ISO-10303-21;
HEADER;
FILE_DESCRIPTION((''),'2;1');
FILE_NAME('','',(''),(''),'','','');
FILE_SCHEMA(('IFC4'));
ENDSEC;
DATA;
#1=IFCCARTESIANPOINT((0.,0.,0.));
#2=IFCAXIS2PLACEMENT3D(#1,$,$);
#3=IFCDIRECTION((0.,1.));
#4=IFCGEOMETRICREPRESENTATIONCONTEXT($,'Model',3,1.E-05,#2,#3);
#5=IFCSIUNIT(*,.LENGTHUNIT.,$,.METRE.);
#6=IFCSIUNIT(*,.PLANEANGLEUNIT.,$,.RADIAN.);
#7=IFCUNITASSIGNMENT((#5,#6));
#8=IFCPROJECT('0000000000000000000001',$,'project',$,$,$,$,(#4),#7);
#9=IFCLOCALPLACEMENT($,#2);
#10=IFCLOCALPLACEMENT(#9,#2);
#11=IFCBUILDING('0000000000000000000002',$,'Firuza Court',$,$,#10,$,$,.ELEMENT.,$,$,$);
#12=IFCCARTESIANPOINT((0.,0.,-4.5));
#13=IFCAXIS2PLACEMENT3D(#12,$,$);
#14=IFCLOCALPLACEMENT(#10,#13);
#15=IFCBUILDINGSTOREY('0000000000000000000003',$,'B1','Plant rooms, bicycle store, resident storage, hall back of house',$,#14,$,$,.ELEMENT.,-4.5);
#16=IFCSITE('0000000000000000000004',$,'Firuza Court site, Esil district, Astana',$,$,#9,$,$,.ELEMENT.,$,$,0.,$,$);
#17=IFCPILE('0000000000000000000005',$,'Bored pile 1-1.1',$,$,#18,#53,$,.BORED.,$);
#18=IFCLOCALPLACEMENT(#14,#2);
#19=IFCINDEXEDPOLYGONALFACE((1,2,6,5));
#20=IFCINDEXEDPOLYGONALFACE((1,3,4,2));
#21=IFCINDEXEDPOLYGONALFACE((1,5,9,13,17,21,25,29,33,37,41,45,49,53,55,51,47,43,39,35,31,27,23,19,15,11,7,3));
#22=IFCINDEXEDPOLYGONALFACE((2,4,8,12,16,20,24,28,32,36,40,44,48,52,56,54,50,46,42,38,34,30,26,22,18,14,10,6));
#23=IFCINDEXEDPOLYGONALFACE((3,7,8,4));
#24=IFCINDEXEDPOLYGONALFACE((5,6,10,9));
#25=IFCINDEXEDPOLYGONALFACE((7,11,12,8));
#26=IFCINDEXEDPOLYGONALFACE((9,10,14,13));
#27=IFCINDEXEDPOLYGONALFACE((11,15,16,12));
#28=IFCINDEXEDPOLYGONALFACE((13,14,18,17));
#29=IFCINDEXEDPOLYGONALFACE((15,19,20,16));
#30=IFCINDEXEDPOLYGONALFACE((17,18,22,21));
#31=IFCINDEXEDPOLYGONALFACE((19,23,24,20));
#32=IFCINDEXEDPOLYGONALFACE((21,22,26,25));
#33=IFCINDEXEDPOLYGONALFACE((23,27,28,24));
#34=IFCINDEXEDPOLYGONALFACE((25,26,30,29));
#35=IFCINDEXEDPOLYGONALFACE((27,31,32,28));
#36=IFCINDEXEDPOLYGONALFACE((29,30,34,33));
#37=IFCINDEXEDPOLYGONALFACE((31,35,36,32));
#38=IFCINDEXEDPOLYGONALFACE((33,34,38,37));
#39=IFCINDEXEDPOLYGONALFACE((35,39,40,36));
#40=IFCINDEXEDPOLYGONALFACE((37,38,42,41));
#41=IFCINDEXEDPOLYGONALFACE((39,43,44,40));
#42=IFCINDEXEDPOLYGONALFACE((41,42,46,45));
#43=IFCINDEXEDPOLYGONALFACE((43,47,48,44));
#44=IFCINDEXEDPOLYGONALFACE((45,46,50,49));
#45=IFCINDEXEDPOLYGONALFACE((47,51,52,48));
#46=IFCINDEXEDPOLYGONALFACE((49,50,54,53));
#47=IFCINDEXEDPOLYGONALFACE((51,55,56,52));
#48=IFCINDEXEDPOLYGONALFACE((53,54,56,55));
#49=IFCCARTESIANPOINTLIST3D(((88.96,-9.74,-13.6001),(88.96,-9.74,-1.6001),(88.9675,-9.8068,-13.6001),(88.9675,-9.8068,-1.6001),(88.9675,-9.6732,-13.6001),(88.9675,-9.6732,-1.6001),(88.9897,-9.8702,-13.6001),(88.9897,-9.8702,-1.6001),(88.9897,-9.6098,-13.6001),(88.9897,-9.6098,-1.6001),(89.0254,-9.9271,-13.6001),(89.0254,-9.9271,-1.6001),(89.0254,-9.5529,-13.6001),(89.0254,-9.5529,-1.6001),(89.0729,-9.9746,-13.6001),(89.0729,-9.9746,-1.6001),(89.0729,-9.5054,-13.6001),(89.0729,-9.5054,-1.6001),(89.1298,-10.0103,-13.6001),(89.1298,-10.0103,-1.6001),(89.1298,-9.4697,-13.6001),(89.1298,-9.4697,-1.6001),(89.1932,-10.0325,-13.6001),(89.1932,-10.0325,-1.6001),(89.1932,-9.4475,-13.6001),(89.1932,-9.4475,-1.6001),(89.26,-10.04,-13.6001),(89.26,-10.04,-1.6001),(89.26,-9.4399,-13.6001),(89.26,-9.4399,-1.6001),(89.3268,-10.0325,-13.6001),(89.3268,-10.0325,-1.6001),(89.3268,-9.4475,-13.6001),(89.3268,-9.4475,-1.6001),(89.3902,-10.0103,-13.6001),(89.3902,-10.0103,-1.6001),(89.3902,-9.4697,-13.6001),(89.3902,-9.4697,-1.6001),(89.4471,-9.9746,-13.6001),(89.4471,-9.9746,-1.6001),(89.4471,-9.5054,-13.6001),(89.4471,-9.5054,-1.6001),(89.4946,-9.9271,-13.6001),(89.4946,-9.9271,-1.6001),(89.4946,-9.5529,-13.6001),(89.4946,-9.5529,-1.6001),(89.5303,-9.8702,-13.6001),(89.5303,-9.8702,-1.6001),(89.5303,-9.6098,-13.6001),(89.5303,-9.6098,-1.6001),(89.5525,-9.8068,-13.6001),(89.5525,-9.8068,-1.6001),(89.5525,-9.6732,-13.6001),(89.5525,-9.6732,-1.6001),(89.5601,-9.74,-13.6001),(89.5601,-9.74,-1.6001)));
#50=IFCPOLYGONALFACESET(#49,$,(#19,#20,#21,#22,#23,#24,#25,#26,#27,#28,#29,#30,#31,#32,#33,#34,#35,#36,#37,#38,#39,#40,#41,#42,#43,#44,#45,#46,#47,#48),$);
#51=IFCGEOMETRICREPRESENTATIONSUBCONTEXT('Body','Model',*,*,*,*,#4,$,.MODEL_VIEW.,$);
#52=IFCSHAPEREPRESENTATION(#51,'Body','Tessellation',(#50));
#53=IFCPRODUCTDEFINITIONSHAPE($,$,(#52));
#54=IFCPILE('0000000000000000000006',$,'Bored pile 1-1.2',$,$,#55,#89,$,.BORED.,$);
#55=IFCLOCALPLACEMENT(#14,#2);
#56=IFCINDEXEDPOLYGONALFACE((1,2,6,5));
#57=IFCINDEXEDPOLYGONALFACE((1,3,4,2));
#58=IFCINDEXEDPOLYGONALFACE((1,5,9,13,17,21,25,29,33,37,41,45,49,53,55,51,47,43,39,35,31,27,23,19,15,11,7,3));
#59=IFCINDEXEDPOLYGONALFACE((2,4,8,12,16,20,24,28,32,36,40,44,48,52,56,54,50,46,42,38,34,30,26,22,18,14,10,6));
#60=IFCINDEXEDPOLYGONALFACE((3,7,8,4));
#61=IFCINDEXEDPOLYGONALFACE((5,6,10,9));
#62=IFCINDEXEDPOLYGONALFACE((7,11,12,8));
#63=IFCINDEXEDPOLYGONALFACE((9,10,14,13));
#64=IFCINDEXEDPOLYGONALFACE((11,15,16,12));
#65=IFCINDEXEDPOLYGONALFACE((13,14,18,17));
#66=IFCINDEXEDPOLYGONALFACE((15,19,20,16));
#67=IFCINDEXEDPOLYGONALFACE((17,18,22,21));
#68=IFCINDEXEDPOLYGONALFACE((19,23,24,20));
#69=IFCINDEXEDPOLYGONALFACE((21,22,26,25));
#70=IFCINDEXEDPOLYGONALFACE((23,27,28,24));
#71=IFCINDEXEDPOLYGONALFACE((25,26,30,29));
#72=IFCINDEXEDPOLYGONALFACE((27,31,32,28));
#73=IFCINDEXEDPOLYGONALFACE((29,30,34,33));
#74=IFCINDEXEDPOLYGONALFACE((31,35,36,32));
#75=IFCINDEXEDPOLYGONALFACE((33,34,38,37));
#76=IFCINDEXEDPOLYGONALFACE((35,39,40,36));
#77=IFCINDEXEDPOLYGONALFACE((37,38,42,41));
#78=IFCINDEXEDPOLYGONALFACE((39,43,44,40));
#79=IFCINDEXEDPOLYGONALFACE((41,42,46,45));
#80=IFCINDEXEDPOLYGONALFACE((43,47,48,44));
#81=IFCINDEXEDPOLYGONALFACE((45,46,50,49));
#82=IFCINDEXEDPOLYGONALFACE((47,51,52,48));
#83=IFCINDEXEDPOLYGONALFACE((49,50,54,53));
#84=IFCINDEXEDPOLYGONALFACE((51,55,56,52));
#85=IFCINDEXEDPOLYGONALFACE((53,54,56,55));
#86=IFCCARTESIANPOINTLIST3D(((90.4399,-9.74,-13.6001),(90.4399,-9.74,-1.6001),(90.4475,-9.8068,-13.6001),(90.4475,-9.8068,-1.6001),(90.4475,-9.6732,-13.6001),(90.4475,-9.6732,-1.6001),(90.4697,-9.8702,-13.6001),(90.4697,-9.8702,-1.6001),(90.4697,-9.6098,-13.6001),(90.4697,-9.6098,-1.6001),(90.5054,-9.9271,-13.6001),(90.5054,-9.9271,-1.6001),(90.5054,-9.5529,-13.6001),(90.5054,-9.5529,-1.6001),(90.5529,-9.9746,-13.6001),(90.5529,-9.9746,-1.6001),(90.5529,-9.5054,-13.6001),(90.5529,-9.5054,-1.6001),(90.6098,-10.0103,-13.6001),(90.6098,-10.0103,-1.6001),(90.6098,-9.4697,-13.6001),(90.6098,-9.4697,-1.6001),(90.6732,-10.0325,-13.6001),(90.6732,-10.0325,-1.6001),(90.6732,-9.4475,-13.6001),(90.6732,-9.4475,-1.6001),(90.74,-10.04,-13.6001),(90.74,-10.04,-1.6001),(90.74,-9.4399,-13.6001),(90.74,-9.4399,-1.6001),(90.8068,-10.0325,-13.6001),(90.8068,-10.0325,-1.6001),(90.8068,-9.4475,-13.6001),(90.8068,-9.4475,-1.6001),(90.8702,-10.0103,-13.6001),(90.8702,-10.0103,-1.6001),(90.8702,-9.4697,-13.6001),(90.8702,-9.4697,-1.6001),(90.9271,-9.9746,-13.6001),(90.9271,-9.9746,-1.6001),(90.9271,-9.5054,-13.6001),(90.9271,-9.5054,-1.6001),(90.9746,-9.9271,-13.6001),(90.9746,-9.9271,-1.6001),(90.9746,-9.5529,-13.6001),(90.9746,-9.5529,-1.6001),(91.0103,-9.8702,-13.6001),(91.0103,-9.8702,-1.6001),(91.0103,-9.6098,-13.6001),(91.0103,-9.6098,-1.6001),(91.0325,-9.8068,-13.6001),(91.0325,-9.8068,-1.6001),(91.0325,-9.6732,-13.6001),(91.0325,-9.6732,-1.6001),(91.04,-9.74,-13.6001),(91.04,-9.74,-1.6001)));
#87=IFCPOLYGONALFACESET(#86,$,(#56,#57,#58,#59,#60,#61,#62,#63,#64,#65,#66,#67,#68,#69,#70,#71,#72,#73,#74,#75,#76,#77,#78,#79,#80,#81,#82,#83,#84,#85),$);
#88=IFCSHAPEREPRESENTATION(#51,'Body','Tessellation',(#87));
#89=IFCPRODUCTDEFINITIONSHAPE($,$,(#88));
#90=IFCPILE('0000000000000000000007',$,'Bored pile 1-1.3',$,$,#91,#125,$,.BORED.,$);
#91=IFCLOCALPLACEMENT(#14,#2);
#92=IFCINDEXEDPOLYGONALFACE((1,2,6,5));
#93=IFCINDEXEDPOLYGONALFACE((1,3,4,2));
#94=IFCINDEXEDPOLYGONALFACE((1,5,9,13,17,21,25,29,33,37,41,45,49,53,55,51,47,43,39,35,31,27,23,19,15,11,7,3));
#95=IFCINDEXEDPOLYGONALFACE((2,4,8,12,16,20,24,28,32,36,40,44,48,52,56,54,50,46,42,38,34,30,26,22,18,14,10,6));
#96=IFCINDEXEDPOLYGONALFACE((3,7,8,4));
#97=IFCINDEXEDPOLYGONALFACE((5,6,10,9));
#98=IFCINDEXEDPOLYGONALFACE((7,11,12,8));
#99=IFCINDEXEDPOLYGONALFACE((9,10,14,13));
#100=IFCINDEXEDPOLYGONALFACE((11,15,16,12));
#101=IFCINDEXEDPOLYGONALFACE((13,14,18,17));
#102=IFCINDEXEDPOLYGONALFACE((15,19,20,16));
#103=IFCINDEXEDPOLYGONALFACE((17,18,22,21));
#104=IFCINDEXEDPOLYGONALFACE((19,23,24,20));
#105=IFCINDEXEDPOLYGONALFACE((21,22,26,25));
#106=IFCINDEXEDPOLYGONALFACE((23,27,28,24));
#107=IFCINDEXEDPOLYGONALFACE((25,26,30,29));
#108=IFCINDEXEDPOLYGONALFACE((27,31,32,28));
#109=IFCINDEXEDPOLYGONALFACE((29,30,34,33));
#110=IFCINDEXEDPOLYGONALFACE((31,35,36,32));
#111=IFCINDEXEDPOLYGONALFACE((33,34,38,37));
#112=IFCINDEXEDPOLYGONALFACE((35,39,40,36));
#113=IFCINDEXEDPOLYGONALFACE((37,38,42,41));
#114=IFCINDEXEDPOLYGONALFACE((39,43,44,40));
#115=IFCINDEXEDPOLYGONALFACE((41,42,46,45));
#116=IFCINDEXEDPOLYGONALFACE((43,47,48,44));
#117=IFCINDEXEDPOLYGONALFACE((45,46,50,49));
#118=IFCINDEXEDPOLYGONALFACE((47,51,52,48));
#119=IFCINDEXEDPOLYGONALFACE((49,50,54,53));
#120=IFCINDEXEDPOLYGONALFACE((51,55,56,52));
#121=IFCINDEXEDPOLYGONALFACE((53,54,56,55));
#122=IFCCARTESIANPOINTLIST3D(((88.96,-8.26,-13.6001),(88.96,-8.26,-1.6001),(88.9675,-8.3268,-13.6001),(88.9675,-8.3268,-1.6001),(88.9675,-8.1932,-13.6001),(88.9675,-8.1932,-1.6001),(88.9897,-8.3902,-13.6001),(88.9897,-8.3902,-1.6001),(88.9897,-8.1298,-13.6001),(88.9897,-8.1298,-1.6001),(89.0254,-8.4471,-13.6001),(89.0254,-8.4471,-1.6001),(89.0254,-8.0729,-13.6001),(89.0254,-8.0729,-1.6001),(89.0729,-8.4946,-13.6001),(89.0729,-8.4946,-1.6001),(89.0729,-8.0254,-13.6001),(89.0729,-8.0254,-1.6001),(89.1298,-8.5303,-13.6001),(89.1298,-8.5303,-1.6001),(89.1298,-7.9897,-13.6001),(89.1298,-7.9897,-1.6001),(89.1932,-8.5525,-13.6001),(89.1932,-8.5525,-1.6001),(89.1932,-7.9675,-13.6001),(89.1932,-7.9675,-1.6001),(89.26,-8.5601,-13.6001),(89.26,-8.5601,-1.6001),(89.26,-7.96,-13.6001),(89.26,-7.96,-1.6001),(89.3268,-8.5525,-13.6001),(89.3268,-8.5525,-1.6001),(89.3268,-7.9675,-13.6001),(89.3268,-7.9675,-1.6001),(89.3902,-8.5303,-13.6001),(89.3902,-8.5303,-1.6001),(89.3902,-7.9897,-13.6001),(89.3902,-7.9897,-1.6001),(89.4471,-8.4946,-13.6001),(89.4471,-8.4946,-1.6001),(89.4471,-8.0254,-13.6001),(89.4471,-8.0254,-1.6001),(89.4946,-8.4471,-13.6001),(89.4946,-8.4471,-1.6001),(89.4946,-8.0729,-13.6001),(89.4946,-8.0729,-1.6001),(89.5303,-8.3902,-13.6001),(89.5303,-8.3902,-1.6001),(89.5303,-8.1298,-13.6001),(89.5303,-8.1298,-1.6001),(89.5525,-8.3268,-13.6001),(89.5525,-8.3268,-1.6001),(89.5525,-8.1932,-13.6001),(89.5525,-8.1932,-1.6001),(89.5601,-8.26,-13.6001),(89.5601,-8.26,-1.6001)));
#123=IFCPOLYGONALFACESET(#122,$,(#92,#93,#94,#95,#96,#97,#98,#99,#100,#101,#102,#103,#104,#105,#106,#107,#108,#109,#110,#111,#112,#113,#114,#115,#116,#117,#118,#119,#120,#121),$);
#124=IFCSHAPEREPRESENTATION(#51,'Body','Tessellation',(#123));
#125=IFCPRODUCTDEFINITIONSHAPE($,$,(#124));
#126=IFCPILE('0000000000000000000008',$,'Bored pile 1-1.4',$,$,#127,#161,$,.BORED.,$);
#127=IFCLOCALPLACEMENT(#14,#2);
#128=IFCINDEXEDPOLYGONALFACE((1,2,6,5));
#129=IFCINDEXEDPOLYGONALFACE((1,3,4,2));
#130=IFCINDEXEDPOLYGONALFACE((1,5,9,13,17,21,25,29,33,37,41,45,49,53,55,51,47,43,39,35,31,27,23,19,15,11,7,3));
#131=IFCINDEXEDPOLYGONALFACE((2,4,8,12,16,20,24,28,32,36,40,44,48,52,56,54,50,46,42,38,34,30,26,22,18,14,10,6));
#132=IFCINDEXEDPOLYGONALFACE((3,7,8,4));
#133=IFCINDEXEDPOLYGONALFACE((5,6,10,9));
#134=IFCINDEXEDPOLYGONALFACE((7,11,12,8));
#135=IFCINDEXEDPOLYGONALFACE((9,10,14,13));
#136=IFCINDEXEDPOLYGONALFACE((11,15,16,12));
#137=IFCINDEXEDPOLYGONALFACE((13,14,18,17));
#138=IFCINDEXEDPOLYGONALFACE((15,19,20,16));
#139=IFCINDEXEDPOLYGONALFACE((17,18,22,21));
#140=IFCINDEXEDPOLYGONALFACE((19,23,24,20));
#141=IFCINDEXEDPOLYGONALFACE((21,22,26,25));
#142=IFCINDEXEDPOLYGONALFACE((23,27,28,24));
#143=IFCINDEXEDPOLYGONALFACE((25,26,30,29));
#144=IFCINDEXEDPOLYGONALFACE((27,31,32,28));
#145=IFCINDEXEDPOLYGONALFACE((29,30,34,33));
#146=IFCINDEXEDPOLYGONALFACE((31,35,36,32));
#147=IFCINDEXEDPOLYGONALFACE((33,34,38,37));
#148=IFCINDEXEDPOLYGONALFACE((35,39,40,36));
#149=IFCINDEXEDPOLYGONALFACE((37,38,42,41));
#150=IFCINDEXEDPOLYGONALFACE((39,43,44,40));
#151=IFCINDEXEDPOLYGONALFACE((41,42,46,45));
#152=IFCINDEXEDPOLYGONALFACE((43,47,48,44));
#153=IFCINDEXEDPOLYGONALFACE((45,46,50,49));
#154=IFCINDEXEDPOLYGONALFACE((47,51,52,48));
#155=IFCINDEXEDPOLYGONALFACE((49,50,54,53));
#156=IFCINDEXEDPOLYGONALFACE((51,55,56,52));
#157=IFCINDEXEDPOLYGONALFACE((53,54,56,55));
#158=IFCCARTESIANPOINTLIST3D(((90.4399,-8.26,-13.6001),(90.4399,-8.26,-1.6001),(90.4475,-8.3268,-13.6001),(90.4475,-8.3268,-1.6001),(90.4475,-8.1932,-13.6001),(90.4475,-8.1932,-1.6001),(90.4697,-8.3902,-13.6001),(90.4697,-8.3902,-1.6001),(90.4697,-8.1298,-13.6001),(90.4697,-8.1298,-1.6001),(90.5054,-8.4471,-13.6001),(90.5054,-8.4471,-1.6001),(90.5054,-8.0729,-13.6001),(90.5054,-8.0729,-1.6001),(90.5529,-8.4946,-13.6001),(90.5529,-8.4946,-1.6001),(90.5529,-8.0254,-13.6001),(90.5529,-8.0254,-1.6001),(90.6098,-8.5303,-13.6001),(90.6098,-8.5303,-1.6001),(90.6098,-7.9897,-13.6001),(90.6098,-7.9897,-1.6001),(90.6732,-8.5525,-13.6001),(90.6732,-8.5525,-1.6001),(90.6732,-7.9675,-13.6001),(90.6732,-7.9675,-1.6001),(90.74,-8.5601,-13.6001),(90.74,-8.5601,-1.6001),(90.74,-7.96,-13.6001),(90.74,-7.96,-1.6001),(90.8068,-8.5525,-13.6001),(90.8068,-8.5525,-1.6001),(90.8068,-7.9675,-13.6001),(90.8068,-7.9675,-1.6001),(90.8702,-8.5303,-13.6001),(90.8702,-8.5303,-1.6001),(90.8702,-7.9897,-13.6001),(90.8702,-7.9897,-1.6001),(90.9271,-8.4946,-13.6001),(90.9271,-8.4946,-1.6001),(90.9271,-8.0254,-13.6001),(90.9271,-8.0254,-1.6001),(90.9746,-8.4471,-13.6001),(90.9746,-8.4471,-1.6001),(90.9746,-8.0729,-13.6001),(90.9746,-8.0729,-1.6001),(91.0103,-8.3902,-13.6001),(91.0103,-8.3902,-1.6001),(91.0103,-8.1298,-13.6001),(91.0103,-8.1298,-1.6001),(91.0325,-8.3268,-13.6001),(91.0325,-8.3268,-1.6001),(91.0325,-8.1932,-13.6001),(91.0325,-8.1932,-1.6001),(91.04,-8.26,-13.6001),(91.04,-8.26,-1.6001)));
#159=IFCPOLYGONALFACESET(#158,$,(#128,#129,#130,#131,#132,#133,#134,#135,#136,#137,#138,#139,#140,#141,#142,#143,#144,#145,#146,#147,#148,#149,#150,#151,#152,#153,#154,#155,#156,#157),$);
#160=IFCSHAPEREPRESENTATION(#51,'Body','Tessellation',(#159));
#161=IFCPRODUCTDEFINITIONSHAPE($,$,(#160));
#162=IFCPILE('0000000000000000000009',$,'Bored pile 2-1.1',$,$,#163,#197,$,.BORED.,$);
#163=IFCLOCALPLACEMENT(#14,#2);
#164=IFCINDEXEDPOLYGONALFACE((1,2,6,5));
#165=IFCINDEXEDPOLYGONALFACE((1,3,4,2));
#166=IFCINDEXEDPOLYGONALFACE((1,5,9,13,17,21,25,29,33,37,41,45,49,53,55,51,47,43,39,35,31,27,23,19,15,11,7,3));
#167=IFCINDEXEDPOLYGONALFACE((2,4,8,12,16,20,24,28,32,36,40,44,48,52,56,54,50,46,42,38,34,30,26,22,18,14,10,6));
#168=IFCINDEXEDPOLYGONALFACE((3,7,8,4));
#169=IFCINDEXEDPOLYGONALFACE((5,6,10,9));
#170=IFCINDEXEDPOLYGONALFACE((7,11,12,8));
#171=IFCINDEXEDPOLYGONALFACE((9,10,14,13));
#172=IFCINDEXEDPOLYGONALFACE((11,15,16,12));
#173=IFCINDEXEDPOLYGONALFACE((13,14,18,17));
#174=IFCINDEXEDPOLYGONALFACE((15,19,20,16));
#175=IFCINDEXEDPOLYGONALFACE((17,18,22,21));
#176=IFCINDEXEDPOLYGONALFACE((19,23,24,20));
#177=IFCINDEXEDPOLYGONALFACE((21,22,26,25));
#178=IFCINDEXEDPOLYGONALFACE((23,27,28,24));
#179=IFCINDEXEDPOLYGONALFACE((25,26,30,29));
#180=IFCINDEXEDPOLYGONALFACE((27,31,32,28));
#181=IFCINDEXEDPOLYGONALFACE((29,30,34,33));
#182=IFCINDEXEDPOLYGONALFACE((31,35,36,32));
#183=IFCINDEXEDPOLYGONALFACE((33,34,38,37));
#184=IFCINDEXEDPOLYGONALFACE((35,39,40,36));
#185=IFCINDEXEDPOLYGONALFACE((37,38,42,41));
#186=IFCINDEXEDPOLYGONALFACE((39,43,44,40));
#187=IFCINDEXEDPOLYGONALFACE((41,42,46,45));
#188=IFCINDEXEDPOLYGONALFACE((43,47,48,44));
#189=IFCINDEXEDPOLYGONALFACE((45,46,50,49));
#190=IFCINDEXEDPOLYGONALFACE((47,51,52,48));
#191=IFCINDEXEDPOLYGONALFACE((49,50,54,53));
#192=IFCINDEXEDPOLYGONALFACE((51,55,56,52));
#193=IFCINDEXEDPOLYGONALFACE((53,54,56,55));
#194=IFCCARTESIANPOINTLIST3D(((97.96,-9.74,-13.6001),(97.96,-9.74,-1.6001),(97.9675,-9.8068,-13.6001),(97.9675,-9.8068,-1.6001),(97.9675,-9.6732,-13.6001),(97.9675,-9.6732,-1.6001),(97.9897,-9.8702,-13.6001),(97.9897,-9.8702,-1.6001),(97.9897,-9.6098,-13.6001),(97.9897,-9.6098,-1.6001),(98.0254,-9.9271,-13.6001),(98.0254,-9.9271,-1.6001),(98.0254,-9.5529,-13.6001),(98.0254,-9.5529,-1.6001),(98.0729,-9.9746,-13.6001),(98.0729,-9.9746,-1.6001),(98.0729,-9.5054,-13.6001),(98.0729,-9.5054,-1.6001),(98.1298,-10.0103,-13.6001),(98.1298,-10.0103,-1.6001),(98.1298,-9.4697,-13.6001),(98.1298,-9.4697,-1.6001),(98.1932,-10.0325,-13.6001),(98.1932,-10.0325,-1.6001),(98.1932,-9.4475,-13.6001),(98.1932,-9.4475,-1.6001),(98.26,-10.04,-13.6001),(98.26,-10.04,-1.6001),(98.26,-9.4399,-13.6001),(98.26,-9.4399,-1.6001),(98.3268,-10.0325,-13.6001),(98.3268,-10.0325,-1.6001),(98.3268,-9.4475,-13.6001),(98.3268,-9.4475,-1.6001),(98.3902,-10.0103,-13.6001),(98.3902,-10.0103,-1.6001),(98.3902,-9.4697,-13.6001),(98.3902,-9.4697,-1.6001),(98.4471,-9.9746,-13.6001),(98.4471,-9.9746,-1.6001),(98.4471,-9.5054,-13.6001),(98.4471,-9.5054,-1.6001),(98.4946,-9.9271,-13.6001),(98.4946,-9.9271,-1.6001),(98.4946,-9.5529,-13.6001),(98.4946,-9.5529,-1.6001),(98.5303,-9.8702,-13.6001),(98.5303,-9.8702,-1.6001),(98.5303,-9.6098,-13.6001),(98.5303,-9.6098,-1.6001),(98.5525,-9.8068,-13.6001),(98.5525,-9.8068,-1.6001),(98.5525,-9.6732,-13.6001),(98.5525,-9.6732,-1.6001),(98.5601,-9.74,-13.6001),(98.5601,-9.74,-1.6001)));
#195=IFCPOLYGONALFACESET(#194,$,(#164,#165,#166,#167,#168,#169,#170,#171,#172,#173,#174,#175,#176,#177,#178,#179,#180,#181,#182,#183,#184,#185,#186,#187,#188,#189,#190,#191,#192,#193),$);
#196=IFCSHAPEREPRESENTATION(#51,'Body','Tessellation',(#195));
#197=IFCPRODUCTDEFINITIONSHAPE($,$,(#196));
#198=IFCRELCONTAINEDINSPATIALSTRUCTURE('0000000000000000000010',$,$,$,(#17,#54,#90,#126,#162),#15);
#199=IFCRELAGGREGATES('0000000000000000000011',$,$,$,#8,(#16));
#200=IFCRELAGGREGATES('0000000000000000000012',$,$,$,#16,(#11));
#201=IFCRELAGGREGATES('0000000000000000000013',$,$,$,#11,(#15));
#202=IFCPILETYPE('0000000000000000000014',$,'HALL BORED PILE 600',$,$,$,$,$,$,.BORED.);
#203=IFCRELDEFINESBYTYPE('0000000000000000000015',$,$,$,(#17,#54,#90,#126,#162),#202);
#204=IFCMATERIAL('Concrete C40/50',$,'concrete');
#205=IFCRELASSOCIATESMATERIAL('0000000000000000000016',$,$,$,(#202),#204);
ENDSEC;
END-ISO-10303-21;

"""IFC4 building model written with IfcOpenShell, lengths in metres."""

from ifc_helpers import new_model, si_unit, direction, frame, origin, origin_2d, place, context, subcontext, project, spatial, circle, extrude, material, material_profile, profile_set, type_object, element, save


model = new_model("IFC4")

# Units and contexts
model_context = context("Model", 3, precision=1e-05, world=origin(), true_north=direction((0.0, 1.0)))
body_context = subcontext(model_context, "Body", "Model", "MODEL_VIEW")
ifc_project = project(units=[si_unit("LENGTHUNIT", "METRE"), si_unit("PLANEANGLEUNIT", "RADIAN")], contexts=[model_context])

# Site, building, storey
site_placement = place(None, origin())
site = spatial("IfcSite", under=ifc_project, at=site_placement, Name="Firuza Court site, Esil district, Astana", CompositionType="ELEMENT", RefElevation=0.0)
building_placement = place(site_placement, origin())
building = spatial("IfcBuilding", under=site, at=building_placement, Name="Firuza Court", CompositionType="ELEMENT")
storey_placement = place(building_placement, frame((0.0, 0.0, -4.5)))
storey = spatial("IfcBuildingStorey", under=building, at=storey_placement, Name="B1", Description="Plant rooms, bicycle store, resident storage, hall back of house", CompositionType="ELEMENT", Elevation=-4.5)

# Piles
ifc_material_1 = material(Name="Concrete C40/50", Category="concrete")
ifc_material_profile_1 = material_profile(ifc_material_1, circle(Radius=0.3, at=origin_2d()), Name="PILE 600")
ifc_profile_set_1 = profile_set([ifc_material_profile_1], Name="Concrete C40/50")
pile_type = type_object("IfcPileType", Name="HALL BORED PILE 600", PredefinedType="BORED", material=ifc_profile_set_1)
for number, where, z_axis, x_axis, name in (
    (1, (89.26, -9.74, -1.6001), (0.0, 0.0, -1.0), (1.0, 0.0, 0.0), "Bored pile 1-1.1"),
    (2, (90.74, -9.74, -1.6001), (0.0, 0.0, -1.0), (1.0, 0.0, 0.0), "Bored pile 1-1.2"),
    (3, (89.26, -8.26, -1.6001), (0.0, 0.0, -1.0), (1.0, 0.0, 0.0), "Bored pile 1-1.3"),
    (4, (90.74, -8.26, -1.6001), (0.0, 0.0, -1.0), (1.0, 0.0, 0.0), "Bored pile 1-1.4"),
    (5, (98.26, -9.74, -1.6001), (0.0, 0.0, -1.0), (1.0, 0.0, 0.0), "Bored pile 2-1.1"),
):
    element("IfcPile", number, at=place(storey_placement, frame(where, z_axis=z_axis, x_axis=x_axis)), inside=storey, type_object=pile_type, Name=name, PredefinedType="BORED", context=body_context, shape_type="SweptSolid", body=[
        extrude(circle(Radius=0.3, at=origin_2d()), origin(), (0.0, 0.0, 1.0), 12.0),
    ])

save(model, "model.ifc")
